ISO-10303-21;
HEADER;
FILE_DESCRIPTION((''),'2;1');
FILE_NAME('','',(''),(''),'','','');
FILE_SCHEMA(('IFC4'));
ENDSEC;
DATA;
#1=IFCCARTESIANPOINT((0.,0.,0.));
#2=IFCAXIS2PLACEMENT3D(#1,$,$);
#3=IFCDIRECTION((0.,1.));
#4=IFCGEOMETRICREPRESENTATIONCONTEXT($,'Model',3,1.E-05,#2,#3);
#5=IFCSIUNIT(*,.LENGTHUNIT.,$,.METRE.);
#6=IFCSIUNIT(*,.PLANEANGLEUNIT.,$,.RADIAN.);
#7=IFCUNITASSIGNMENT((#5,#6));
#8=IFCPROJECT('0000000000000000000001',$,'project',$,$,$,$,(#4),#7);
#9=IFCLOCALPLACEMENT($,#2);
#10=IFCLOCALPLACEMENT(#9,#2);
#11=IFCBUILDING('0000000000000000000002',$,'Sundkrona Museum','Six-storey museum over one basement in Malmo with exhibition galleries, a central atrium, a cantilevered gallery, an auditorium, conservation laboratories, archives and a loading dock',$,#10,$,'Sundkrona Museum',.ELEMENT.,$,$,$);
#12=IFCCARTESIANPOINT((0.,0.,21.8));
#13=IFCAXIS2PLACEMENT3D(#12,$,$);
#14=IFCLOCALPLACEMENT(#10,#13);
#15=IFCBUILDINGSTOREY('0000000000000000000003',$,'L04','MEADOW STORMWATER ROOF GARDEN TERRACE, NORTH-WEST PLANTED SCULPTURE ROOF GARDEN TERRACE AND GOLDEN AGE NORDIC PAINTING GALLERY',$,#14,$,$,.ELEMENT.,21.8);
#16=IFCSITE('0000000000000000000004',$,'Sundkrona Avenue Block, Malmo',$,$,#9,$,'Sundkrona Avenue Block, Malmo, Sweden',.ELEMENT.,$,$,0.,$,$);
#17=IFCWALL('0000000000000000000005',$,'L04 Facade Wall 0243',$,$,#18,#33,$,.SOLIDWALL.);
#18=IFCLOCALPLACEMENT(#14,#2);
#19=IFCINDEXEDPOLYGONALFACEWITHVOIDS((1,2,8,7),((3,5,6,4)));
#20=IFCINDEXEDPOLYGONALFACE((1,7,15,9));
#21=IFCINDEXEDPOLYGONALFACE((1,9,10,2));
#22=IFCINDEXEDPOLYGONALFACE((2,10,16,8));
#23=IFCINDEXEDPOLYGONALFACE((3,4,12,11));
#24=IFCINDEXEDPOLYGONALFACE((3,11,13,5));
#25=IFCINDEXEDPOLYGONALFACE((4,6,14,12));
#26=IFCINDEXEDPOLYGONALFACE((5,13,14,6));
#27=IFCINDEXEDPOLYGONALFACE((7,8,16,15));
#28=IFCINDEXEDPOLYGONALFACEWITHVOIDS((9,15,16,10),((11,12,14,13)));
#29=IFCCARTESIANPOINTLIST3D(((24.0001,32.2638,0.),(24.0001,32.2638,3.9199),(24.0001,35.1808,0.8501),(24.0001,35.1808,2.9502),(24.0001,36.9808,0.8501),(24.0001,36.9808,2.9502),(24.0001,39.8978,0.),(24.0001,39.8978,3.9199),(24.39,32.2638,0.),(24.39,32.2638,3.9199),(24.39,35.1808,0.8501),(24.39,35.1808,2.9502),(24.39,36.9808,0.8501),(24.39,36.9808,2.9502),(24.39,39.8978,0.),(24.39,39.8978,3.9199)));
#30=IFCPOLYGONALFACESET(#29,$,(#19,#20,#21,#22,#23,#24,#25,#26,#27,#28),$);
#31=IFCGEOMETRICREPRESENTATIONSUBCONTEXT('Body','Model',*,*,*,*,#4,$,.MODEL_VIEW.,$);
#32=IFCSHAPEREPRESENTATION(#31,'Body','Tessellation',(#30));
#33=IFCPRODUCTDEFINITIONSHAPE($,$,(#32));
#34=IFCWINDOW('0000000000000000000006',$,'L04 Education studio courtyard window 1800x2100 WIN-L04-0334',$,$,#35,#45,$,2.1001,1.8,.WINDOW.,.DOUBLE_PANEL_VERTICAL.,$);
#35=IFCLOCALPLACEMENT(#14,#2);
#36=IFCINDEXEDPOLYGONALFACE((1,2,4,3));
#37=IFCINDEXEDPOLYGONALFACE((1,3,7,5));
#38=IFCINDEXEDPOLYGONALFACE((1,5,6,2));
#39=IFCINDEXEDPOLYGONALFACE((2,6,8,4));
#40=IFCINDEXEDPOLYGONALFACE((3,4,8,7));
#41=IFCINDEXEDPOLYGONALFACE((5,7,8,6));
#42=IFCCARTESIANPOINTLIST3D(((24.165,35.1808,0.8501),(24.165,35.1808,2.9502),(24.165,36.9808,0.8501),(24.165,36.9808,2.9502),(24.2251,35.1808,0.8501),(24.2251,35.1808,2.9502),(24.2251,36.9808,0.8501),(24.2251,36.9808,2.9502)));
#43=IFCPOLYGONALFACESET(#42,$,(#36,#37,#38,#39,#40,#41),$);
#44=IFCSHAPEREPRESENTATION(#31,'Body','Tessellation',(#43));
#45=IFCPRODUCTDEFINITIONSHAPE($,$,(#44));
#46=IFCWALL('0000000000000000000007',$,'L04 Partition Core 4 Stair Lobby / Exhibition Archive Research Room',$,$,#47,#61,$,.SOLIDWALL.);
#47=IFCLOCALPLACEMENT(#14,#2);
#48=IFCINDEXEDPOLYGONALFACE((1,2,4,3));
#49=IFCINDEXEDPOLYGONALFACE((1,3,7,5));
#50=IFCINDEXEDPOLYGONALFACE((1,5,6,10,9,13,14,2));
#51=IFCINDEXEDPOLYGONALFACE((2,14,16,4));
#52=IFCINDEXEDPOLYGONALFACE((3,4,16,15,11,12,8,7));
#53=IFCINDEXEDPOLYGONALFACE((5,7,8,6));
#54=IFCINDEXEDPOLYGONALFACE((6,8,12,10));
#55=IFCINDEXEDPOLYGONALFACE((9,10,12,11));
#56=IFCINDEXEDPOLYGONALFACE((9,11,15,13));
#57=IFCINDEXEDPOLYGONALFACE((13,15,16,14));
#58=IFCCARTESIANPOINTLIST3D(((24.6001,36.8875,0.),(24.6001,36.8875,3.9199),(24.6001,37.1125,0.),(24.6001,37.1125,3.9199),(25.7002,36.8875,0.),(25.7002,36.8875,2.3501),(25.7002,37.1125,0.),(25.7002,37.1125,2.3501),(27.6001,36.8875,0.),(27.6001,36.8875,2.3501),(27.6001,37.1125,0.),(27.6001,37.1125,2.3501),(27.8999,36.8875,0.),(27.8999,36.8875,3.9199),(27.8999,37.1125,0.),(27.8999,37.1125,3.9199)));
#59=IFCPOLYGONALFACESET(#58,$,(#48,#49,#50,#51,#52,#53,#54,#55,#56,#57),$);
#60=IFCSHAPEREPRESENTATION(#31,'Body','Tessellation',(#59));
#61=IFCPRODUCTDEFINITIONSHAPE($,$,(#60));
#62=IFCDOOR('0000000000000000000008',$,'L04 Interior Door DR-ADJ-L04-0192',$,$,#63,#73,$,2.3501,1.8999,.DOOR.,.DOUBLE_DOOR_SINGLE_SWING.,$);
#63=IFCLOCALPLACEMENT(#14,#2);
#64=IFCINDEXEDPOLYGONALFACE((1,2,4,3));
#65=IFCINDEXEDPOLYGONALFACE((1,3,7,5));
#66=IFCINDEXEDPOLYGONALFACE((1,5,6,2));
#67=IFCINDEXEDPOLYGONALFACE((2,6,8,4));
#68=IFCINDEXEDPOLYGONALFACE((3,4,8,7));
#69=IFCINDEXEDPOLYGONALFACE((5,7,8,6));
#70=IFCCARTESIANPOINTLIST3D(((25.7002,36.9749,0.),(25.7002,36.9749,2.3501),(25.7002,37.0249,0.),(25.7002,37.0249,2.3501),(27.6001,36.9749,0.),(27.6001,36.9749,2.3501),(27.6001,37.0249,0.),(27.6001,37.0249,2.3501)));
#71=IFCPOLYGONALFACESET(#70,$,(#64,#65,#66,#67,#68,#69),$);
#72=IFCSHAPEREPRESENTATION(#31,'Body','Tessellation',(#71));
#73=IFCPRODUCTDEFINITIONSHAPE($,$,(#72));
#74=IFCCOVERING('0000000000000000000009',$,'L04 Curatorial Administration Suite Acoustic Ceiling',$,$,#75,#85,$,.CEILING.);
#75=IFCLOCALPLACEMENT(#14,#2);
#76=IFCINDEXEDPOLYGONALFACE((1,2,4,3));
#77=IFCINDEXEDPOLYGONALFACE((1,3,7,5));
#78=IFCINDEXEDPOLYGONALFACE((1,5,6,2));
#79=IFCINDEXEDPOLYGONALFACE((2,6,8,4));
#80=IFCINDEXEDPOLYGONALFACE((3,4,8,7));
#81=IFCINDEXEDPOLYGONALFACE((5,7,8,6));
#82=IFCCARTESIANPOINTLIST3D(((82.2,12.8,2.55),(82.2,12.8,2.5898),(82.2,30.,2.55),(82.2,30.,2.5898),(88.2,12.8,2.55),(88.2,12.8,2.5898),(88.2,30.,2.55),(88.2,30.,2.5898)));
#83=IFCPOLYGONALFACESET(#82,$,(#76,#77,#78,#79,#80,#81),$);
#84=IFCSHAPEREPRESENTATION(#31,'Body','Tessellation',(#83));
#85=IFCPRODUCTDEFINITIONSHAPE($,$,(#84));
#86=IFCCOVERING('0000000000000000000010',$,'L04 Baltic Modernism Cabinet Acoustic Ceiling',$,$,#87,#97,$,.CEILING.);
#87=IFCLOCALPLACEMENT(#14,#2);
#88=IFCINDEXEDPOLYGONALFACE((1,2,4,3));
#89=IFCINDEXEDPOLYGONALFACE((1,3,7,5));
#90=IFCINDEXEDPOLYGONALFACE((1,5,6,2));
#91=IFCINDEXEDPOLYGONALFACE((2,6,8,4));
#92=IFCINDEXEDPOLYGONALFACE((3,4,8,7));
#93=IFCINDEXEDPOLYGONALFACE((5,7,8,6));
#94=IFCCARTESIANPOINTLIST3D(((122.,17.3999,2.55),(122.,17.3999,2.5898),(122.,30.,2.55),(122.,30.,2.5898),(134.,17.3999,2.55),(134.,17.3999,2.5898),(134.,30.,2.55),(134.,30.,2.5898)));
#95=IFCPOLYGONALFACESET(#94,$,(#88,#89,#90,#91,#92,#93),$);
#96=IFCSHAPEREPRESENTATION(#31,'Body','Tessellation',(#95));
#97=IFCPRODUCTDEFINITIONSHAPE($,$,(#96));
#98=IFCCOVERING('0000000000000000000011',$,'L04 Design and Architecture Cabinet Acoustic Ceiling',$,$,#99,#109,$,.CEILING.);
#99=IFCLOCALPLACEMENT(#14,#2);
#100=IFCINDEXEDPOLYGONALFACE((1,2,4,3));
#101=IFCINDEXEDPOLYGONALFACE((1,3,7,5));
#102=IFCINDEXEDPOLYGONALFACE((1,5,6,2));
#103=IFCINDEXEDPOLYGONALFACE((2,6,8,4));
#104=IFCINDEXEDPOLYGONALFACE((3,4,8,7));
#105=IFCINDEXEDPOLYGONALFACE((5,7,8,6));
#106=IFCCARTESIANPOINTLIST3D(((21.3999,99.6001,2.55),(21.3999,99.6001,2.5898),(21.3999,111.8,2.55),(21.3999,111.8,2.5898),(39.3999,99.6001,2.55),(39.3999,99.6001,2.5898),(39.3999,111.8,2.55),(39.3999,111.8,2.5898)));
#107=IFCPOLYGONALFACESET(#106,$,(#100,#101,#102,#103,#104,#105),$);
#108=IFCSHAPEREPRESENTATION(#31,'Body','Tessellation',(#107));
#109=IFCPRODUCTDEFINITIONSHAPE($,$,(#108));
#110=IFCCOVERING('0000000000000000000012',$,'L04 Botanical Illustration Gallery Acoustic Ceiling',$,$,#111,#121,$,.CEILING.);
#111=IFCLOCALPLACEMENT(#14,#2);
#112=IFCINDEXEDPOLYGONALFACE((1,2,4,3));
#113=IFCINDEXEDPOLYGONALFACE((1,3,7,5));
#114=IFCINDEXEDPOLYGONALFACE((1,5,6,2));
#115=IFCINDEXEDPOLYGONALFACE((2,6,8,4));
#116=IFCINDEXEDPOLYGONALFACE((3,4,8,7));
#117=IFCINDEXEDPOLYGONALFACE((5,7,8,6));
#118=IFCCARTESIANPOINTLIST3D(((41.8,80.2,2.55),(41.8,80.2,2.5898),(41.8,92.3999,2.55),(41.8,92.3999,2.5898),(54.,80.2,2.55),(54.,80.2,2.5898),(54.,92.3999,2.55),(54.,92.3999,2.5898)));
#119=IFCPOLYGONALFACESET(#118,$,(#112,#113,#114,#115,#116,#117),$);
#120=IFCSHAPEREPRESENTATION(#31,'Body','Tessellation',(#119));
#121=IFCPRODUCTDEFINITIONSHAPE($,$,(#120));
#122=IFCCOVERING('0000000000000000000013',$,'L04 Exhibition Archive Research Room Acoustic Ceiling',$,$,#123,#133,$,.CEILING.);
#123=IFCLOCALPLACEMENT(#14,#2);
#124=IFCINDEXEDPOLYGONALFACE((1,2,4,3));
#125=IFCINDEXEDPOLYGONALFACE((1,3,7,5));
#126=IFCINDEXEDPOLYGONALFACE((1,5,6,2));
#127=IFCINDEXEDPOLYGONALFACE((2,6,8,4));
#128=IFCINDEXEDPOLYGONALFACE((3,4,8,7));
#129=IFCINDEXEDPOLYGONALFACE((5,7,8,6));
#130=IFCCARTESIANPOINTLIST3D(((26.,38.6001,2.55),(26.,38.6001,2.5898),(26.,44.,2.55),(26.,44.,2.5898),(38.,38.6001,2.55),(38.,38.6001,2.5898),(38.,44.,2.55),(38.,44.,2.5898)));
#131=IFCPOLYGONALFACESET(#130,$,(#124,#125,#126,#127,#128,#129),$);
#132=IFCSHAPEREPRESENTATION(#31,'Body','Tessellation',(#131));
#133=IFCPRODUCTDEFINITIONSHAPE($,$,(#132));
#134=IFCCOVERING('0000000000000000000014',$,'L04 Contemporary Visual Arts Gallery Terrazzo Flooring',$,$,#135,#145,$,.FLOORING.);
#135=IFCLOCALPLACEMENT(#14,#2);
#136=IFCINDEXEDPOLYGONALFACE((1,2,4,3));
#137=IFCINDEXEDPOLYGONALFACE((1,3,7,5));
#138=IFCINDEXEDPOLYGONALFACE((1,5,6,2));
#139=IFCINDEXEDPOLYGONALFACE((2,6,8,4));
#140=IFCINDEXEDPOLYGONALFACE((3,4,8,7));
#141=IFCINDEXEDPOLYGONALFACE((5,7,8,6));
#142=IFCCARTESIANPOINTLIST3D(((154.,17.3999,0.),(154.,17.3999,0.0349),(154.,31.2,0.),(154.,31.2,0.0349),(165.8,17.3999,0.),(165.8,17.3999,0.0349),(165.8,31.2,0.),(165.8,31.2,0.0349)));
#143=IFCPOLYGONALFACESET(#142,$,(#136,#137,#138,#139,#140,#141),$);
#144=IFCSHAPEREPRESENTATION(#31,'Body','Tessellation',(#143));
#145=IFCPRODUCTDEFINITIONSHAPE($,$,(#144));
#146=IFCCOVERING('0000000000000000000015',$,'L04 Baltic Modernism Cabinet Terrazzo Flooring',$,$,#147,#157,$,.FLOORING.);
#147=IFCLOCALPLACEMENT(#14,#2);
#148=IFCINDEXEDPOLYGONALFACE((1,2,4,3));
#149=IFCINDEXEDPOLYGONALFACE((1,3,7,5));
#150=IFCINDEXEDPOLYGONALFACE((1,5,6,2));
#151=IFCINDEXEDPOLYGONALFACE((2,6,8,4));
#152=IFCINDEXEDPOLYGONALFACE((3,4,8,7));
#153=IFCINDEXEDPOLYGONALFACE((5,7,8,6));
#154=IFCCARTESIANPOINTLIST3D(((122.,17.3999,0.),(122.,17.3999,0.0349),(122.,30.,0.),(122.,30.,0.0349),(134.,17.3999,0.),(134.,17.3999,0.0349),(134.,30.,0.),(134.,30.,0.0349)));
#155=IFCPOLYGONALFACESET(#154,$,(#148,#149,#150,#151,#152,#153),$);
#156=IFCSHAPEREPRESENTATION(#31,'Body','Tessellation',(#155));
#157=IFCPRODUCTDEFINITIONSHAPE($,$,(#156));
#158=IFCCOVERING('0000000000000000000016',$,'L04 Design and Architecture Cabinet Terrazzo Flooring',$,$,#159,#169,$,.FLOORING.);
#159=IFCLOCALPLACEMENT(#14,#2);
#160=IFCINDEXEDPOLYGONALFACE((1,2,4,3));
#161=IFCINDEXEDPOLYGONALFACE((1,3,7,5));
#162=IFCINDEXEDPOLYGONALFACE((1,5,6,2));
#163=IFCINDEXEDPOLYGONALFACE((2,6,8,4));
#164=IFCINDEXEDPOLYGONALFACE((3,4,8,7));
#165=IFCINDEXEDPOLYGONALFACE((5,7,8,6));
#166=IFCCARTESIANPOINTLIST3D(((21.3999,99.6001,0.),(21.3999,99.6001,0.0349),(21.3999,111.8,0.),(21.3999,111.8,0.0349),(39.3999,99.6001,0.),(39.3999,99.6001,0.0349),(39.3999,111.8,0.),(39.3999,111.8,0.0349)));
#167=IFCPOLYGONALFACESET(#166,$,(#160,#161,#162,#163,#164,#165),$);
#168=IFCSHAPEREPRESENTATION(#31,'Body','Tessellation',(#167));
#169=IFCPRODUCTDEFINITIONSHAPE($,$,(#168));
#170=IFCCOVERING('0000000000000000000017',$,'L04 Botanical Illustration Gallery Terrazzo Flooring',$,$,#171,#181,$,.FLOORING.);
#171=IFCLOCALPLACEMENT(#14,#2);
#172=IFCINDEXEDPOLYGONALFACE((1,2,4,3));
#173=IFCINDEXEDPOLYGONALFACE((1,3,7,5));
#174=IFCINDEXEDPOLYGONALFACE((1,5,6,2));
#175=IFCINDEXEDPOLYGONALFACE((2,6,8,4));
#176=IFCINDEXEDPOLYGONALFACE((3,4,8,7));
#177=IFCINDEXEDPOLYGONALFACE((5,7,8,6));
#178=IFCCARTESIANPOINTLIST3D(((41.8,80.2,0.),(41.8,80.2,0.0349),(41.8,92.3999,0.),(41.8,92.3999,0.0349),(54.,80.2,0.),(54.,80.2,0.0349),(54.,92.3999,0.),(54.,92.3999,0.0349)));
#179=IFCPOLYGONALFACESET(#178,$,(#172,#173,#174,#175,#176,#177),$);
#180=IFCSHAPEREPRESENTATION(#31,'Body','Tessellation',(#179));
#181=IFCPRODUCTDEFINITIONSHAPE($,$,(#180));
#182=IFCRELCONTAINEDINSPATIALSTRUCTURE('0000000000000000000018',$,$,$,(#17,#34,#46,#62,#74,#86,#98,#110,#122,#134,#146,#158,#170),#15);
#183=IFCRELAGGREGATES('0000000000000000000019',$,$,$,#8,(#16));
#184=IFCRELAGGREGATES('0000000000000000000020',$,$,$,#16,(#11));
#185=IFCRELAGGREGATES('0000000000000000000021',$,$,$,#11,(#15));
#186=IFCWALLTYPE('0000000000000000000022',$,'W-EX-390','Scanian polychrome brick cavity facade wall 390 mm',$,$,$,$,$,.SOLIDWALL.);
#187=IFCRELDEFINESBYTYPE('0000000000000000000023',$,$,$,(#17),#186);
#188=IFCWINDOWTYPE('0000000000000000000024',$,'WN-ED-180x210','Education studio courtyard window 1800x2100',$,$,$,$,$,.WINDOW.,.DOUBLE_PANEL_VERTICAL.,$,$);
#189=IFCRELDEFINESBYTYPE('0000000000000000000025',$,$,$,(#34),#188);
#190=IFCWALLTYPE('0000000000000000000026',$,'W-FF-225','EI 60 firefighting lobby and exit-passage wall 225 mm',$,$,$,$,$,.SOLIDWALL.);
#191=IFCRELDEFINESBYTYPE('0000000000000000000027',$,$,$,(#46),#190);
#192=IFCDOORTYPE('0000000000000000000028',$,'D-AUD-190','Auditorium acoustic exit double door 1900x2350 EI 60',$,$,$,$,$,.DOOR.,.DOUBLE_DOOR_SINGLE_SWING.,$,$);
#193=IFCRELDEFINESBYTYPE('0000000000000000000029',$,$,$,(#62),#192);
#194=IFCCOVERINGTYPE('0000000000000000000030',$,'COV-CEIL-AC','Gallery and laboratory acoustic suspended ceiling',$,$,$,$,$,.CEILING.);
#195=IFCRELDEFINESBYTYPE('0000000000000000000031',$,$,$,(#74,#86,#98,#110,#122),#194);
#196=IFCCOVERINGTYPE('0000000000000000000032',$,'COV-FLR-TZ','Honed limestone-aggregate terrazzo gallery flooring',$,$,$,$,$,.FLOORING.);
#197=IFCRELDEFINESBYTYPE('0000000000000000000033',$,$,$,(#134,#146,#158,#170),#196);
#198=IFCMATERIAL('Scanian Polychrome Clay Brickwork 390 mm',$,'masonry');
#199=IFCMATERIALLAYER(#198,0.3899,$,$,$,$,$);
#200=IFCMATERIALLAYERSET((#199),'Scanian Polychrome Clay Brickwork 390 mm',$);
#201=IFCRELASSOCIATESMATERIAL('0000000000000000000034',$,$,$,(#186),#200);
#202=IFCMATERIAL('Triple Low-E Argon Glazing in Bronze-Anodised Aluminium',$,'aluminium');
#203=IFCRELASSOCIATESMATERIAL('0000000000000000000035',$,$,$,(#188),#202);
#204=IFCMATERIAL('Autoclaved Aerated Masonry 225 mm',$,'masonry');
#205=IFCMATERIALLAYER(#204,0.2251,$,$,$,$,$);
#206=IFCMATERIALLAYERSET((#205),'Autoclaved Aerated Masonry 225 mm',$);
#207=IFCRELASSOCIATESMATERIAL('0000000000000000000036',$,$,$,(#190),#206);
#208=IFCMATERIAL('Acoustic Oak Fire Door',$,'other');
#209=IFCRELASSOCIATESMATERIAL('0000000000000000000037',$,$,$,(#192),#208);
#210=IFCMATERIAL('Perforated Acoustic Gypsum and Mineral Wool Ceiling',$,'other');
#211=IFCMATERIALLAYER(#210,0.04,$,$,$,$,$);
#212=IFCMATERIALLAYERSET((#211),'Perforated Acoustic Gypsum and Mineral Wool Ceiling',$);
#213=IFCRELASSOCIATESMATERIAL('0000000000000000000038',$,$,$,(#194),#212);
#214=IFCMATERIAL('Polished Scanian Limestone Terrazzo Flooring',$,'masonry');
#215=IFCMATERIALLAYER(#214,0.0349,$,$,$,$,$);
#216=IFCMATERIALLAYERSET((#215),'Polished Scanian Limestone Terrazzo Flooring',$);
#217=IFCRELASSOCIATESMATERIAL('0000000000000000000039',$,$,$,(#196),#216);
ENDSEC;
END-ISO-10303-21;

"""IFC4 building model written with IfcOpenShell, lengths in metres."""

from ifc_helpers import new_model, si_unit, direction, frame, frame_2d, origin, place, context, subcontext, project, spatial, polyline, rectangle, outline, extrude, material, layer, layer_set, type_object, element, fill, save


model = new_model("IFC4")

# Units and contexts
model_context = context("Model", 3, precision=1e-05, world=origin(), true_north=direction((0.0, 1.0)))
body_context = subcontext(model_context, "Body", "Model", "MODEL_VIEW")
ifc_project = project(units=[si_unit("LENGTHUNIT", "METRE"), si_unit("PLANEANGLEUNIT", "RADIAN")], contexts=[model_context])

# Site, building, storey
site_placement = place(None, origin())
site = spatial("IfcSite", under=ifc_project, at=site_placement, Name="Sundkrona Avenue Block, Malmo", LongName="Sundkrona Avenue Block, Malmo, Sweden", CompositionType="ELEMENT", RefElevation=0.0)
building_placement = place(site_placement, origin())
building = spatial("IfcBuilding", under=site, at=building_placement, Name="Sundkrona Museum", Description="Six-storey museum over one basement in Malmo with exhibition galleries, a central atrium, a cantilevered gallery, an auditorium, conservation laboratories, archives and a loading dock", LongName="Sundkrona Museum", CompositionType="ELEMENT")
storey_placement = place(building_placement, frame((0.0, 0.0, 21.8)))
storey = spatial("IfcBuildingStorey", under=building, at=storey_placement, Name="L04", Description="MEADOW STORMWATER ROOF GARDEN TERRACE, NORTH-WEST PLANTED SCULPTURE ROOF GARDEN TERRACE AND GOLDEN AGE NORDIC PAINTING GALLERY", CompositionType="ELEMENT", Elevation=21.8)

# Wall, opening, window
ifc_material_1 = material(Name="Scanian Polychrome Clay Brickwork 390 mm", Category="masonry")
ifc_layer_1 = layer(ifc_material_1, 0.3899)
ifc_layer_set_1 = layer_set([ifc_layer_1], Name="Scanian Polychrome Clay Brickwork 390 mm")
wall_type_1 = type_object("IfcWallType", Name="W-EX-390", Description="Scanian polychrome brick cavity facade wall 390 mm", PredefinedType="SOLIDWALL", material=ifc_layer_set_1)
ifc_material_2 = material(Name="Triple Low-E Argon Glazing in Bronze-Anodised Aluminium", Category="aluminium")
wall_1_placement = place(storey_placement, frame((24.1951, 32.2639, 0.0), z_axis=(0.0, 0.0, 1.0), x_axis=(0.0, 1.0, 0.0)))
wall_1 = element("IfcWall", 1, at=wall_1_placement, inside=storey, type_object=wall_type_1, Name="L04 Facade Wall 0243", PredefinedType="SOLIDWALL", context=body_context, shape_type="SweptSolid", body=[
    extrude(rectangle(XDim=7.634, YDim=0.3899, at=frame_2d((3.8169, 0.0))), origin(), (0.0, 0.0, 1.0), 3.9199),
])
opening_1_placement = place(wall_1_placement, frame((2.917, 0.0, 0.8501)))
opening_1 = element("IfcOpeningElement", 2, at=opening_1_placement, cuts=wall_1, PredefinedType="OPENING", context=body_context, shape_type="SweptSolid", body=[
    extrude(rectangle(XDim=1.8, YDim=2.1001, at=frame_2d((0.8999, 1.05))), frame((0.0, 0.2048, 0.0), z_axis=(0.0, -1.0, 0.0), x_axis=(1.0, 0.0, 0.0)), (0.0, 0.0, 1.0), 0.4099),
])
window_type_1 = type_object("IfcWindowType", Name="WN-ED-180x210", Description="Education studio courtyard window 1800x2100", PartitioningType="DOUBLE_PANEL_VERTICAL", PredefinedType="WINDOW", material=ifc_material_2)
window_1_placement = place(opening_1_placement, origin())
window_1 = element("IfcWindow", 3, at=window_1_placement, inside=storey, type_object=window_type_1, Name="L04 Education studio courtyard window 1800x2100 WIN-L04-0334", OverallHeight=2.1001, OverallWidth=1.8, PartitioningType="DOUBLE_PANEL_VERTICAL", PredefinedType="WINDOW", context=body_context, shape_type="SweptSolid", body=[
    extrude(rectangle(XDim=1.8, YDim=2.1001, at=frame_2d((0.8999, 1.05))), frame((0.0, 0.03, 0.0), z_axis=(0.0, -1.0, 0.0), x_axis=(1.0, 0.0, 0.0)), (0.0, 0.0, 1.0), 0.0601),
])
fill(opening_1, window_1)

# Wall, opening, door
ifc_material_3 = material(Name="Autoclaved Aerated Masonry 225 mm", Category="masonry")
ifc_layer_2 = layer(ifc_material_3, 0.2251)
ifc_layer_set_2 = layer_set([ifc_layer_2], Name="Autoclaved Aerated Masonry 225 mm")
wall_type_2 = type_object("IfcWallType", Name="W-FF-225", Description="EI 60 firefighting lobby and exit-passage wall 225 mm", PredefinedType="SOLIDWALL", material=ifc_layer_set_2)
wall_2_placement = place(storey_placement, frame((24.6001, 37.0, 0.0), z_axis=(0.0, 0.0, 1.0), x_axis=(1.0, 0.0, 0.0)))
wall_2 = element("IfcWall", 4, at=wall_2_placement, inside=storey, type_object=wall_type_2, Name="L04 Partition Core 4 Stair Lobby / Exhibition Archive Research Room", PredefinedType="SOLIDWALL", context=body_context, shape_type="SweptSolid", body=[
    extrude(rectangle(XDim=3.2998, YDim=0.2251, at=frame_2d((1.6499, 0.0))), origin(), (0.0, 0.0, 1.0), 3.9199),
])
opening_2_placement = place(wall_2_placement, frame((1.1001, 0.0, 0.0)))
opening_2 = element("IfcOpeningElement", 5, at=opening_2_placement, cuts=wall_2, PredefinedType="OPENING", context=body_context, shape_type="SweptSolid", body=[
    extrude(rectangle(XDim=1.8999, YDim=2.3501, at=frame_2d((0.95, 1.175))), frame((0.0, 0.1226, 0.0), z_axis=(0.0, -1.0, 0.0), x_axis=(1.0, 0.0, 0.0)), (0.0, 0.0, 1.0), 0.2451),
])
ifc_material_4 = material(Name="Acoustic Oak Fire Door", Category="other")
door_type_1 = type_object("IfcDoorType", Name="D-AUD-190", Description="Auditorium acoustic exit double door 1900x2350 EI 60", OperationType="DOUBLE_DOOR_SINGLE_SWING", PredefinedType="DOOR", material=ifc_material_4)
door_1_placement = place(opening_2_placement, origin())
door_1 = element("IfcDoor", 6, at=door_1_placement, inside=storey, type_object=door_type_1, Name="L04 Interior Door DR-ADJ-L04-0192", OperationType="DOUBLE_DOOR_SINGLE_SWING", OverallHeight=2.3501, OverallWidth=1.8999, PredefinedType="DOOR", context=body_context, shape_type="SweptSolid", body=[
    extrude(rectangle(XDim=1.8999, YDim=2.3501, at=frame_2d((0.95, 1.175))), frame((0.0, 0.0249, 0.0), z_axis=(0.0, -1.0, 0.0), x_axis=(1.0, 0.0, 0.0)), (0.0, 0.0, 1.0), 0.05),
])
fill(opening_2, door_1)

# Coverings
ifc_material_5 = material(Name="Perforated Acoustic Gypsum and Mineral Wool Ceiling", Category="other")
ifc_layer_3 = layer(ifc_material_5, 0.04)
ifc_layer_set_3 = layer_set([ifc_layer_3], Name="Perforated Acoustic Gypsum and Mineral Wool Ceiling")
covering_type_1 = type_object("IfcCoveringType", Name="COV-CEIL-AC", Description="Gallery and laboratory acoustic suspended ceiling", PredefinedType="CEILING", material=ifc_layer_set_3)
covering_1_placement = place(storey_placement, frame((0.0, 0.0, 2.55)))
element("IfcCovering", 7, at=covering_1_placement, inside=storey, type_object=covering_type_1, Name="L04 Curatorial Administration Suite Acoustic Ceiling", PredefinedType="CEILING", context=body_context, shape_type="SweptSolid", body=[
    extrude(outline(polyline([(82.2, 12.8), (88.2, 12.8), (88.2, 30.0), (82.2, 30.0), (82.2, 12.8)])), origin(), (0.0, 0.0, 1.0), 0.0398),
])
covering_2_placement = place(storey_placement, frame((0.0, 0.0, 2.55)))
element("IfcCovering", 8, at=covering_2_placement, inside=storey, type_object=covering_type_1, Name="L04 Baltic Modernism Cabinet Acoustic Ceiling", PredefinedType="CEILING", context=body_context, shape_type="SweptSolid", body=[
    extrude(outline(polyline([(122.0, 17.3999), (134.0, 17.3999), (134.0, 30.0), (122.0, 30.0), (122.0, 17.3999)])), origin(), (0.0, 0.0, 1.0), 0.0398),
])
covering_3_placement = place(storey_placement, frame((0.0, 0.0, 2.55)))
element("IfcCovering", 9, at=covering_3_placement, inside=storey, type_object=covering_type_1, Name="L04 Design and Architecture Cabinet Acoustic Ceiling", PredefinedType="CEILING", context=body_context, shape_type="SweptSolid", body=[
    extrude(outline(polyline([(21.3999, 99.6001), (39.3999, 99.6001), (39.3999, 111.8), (21.3999, 111.8), (21.3999, 99.6001)])), origin(), (0.0, 0.0, 1.0), 0.0398),
])
covering_4_placement = place(storey_placement, frame((0.0, 0.0, 2.55)))
element("IfcCovering", 10, at=covering_4_placement, inside=storey, type_object=covering_type_1, Name="L04 Botanical Illustration Gallery Acoustic Ceiling", PredefinedType="CEILING", context=body_context, shape_type="SweptSolid", body=[
    extrude(outline(polyline([(41.8, 80.2), (54.0, 80.2), (54.0, 92.3999), (41.8, 92.3999), (41.8, 80.2)])), origin(), (0.0, 0.0, 1.0), 0.0398),
])
covering_5_placement = place(storey_placement, frame((0.0, 0.0, 2.55)))
element("IfcCovering", 11, at=covering_5_placement, inside=storey, type_object=covering_type_1, Name="L04 Exhibition Archive Research Room Acoustic Ceiling", PredefinedType="CEILING", context=body_context, shape_type="SweptSolid", body=[
    extrude(outline(polyline([(26.0, 38.6001), (38.0, 38.6001), (38.0, 44.0), (26.0, 44.0), (26.0, 38.6001)])), origin(), (0.0, 0.0, 1.0), 0.0398),
])
ifc_material_6 = material(Name="Polished Scanian Limestone Terrazzo Flooring", Category="masonry")
ifc_layer_4 = layer(ifc_material_6, 0.0349)
ifc_layer_set_4 = layer_set([ifc_layer_4], Name="Polished Scanian Limestone Terrazzo Flooring")
covering_type_2 = type_object("IfcCoveringType", Name="COV-FLR-TZ", Description="Honed limestone-aggregate terrazzo gallery flooring", PredefinedType="FLOORING", material=ifc_layer_set_4)
covering_6_placement = place(storey_placement, origin())
element("IfcCovering", 12, at=covering_6_placement, inside=storey, type_object=covering_type_2, Name="L04 Contemporary Visual Arts Gallery Terrazzo Flooring", PredefinedType="FLOORING", context=body_context, shape_type="SweptSolid", body=[
    extrude(outline(polyline([(154.0, 17.3999), (165.8, 17.3999), (165.8, 31.2), (154.0, 31.2), (154.0, 17.3999)])), origin(), (0.0, 0.0, 1.0), 0.0349),
])
covering_7_placement = place(storey_placement, origin())
element("IfcCovering", 13, at=covering_7_placement, inside=storey, type_object=covering_type_2, Name="L04 Baltic Modernism Cabinet Terrazzo Flooring", PredefinedType="FLOORING", context=body_context, shape_type="SweptSolid", body=[
    extrude(outline(polyline([(122.0, 17.3999), (134.0, 17.3999), (134.0, 30.0), (122.0, 30.0), (122.0, 17.3999)])), origin(), (0.0, 0.0, 1.0), 0.0349),
])
covering_8_placement = place(storey_placement, origin())
element("IfcCovering", 14, at=covering_8_placement, inside=storey, type_object=covering_type_2, Name="L04 Design and Architecture Cabinet Terrazzo Flooring", PredefinedType="FLOORING", context=body_context, shape_type="SweptSolid", body=[
    extrude(outline(polyline([(21.3999, 99.6001), (39.3999, 99.6001), (39.3999, 111.8), (21.3999, 111.8), (21.3999, 99.6001)])), origin(), (0.0, 0.0, 1.0), 0.0349),
])
covering_9_placement = place(storey_placement, origin())
element("IfcCovering", 15, at=covering_9_placement, inside=storey, type_object=covering_type_2, Name="L04 Botanical Illustration Gallery Terrazzo Flooring", PredefinedType="FLOORING", context=body_context, shape_type="SweptSolid", body=[
    extrude(outline(polyline([(41.8, 80.2), (54.0, 80.2), (54.0, 92.3999), (41.8, 92.3999), (41.8, 80.2)])), origin(), (0.0, 0.0, 1.0), 0.0349),
])

save(model, "model.ifc")
